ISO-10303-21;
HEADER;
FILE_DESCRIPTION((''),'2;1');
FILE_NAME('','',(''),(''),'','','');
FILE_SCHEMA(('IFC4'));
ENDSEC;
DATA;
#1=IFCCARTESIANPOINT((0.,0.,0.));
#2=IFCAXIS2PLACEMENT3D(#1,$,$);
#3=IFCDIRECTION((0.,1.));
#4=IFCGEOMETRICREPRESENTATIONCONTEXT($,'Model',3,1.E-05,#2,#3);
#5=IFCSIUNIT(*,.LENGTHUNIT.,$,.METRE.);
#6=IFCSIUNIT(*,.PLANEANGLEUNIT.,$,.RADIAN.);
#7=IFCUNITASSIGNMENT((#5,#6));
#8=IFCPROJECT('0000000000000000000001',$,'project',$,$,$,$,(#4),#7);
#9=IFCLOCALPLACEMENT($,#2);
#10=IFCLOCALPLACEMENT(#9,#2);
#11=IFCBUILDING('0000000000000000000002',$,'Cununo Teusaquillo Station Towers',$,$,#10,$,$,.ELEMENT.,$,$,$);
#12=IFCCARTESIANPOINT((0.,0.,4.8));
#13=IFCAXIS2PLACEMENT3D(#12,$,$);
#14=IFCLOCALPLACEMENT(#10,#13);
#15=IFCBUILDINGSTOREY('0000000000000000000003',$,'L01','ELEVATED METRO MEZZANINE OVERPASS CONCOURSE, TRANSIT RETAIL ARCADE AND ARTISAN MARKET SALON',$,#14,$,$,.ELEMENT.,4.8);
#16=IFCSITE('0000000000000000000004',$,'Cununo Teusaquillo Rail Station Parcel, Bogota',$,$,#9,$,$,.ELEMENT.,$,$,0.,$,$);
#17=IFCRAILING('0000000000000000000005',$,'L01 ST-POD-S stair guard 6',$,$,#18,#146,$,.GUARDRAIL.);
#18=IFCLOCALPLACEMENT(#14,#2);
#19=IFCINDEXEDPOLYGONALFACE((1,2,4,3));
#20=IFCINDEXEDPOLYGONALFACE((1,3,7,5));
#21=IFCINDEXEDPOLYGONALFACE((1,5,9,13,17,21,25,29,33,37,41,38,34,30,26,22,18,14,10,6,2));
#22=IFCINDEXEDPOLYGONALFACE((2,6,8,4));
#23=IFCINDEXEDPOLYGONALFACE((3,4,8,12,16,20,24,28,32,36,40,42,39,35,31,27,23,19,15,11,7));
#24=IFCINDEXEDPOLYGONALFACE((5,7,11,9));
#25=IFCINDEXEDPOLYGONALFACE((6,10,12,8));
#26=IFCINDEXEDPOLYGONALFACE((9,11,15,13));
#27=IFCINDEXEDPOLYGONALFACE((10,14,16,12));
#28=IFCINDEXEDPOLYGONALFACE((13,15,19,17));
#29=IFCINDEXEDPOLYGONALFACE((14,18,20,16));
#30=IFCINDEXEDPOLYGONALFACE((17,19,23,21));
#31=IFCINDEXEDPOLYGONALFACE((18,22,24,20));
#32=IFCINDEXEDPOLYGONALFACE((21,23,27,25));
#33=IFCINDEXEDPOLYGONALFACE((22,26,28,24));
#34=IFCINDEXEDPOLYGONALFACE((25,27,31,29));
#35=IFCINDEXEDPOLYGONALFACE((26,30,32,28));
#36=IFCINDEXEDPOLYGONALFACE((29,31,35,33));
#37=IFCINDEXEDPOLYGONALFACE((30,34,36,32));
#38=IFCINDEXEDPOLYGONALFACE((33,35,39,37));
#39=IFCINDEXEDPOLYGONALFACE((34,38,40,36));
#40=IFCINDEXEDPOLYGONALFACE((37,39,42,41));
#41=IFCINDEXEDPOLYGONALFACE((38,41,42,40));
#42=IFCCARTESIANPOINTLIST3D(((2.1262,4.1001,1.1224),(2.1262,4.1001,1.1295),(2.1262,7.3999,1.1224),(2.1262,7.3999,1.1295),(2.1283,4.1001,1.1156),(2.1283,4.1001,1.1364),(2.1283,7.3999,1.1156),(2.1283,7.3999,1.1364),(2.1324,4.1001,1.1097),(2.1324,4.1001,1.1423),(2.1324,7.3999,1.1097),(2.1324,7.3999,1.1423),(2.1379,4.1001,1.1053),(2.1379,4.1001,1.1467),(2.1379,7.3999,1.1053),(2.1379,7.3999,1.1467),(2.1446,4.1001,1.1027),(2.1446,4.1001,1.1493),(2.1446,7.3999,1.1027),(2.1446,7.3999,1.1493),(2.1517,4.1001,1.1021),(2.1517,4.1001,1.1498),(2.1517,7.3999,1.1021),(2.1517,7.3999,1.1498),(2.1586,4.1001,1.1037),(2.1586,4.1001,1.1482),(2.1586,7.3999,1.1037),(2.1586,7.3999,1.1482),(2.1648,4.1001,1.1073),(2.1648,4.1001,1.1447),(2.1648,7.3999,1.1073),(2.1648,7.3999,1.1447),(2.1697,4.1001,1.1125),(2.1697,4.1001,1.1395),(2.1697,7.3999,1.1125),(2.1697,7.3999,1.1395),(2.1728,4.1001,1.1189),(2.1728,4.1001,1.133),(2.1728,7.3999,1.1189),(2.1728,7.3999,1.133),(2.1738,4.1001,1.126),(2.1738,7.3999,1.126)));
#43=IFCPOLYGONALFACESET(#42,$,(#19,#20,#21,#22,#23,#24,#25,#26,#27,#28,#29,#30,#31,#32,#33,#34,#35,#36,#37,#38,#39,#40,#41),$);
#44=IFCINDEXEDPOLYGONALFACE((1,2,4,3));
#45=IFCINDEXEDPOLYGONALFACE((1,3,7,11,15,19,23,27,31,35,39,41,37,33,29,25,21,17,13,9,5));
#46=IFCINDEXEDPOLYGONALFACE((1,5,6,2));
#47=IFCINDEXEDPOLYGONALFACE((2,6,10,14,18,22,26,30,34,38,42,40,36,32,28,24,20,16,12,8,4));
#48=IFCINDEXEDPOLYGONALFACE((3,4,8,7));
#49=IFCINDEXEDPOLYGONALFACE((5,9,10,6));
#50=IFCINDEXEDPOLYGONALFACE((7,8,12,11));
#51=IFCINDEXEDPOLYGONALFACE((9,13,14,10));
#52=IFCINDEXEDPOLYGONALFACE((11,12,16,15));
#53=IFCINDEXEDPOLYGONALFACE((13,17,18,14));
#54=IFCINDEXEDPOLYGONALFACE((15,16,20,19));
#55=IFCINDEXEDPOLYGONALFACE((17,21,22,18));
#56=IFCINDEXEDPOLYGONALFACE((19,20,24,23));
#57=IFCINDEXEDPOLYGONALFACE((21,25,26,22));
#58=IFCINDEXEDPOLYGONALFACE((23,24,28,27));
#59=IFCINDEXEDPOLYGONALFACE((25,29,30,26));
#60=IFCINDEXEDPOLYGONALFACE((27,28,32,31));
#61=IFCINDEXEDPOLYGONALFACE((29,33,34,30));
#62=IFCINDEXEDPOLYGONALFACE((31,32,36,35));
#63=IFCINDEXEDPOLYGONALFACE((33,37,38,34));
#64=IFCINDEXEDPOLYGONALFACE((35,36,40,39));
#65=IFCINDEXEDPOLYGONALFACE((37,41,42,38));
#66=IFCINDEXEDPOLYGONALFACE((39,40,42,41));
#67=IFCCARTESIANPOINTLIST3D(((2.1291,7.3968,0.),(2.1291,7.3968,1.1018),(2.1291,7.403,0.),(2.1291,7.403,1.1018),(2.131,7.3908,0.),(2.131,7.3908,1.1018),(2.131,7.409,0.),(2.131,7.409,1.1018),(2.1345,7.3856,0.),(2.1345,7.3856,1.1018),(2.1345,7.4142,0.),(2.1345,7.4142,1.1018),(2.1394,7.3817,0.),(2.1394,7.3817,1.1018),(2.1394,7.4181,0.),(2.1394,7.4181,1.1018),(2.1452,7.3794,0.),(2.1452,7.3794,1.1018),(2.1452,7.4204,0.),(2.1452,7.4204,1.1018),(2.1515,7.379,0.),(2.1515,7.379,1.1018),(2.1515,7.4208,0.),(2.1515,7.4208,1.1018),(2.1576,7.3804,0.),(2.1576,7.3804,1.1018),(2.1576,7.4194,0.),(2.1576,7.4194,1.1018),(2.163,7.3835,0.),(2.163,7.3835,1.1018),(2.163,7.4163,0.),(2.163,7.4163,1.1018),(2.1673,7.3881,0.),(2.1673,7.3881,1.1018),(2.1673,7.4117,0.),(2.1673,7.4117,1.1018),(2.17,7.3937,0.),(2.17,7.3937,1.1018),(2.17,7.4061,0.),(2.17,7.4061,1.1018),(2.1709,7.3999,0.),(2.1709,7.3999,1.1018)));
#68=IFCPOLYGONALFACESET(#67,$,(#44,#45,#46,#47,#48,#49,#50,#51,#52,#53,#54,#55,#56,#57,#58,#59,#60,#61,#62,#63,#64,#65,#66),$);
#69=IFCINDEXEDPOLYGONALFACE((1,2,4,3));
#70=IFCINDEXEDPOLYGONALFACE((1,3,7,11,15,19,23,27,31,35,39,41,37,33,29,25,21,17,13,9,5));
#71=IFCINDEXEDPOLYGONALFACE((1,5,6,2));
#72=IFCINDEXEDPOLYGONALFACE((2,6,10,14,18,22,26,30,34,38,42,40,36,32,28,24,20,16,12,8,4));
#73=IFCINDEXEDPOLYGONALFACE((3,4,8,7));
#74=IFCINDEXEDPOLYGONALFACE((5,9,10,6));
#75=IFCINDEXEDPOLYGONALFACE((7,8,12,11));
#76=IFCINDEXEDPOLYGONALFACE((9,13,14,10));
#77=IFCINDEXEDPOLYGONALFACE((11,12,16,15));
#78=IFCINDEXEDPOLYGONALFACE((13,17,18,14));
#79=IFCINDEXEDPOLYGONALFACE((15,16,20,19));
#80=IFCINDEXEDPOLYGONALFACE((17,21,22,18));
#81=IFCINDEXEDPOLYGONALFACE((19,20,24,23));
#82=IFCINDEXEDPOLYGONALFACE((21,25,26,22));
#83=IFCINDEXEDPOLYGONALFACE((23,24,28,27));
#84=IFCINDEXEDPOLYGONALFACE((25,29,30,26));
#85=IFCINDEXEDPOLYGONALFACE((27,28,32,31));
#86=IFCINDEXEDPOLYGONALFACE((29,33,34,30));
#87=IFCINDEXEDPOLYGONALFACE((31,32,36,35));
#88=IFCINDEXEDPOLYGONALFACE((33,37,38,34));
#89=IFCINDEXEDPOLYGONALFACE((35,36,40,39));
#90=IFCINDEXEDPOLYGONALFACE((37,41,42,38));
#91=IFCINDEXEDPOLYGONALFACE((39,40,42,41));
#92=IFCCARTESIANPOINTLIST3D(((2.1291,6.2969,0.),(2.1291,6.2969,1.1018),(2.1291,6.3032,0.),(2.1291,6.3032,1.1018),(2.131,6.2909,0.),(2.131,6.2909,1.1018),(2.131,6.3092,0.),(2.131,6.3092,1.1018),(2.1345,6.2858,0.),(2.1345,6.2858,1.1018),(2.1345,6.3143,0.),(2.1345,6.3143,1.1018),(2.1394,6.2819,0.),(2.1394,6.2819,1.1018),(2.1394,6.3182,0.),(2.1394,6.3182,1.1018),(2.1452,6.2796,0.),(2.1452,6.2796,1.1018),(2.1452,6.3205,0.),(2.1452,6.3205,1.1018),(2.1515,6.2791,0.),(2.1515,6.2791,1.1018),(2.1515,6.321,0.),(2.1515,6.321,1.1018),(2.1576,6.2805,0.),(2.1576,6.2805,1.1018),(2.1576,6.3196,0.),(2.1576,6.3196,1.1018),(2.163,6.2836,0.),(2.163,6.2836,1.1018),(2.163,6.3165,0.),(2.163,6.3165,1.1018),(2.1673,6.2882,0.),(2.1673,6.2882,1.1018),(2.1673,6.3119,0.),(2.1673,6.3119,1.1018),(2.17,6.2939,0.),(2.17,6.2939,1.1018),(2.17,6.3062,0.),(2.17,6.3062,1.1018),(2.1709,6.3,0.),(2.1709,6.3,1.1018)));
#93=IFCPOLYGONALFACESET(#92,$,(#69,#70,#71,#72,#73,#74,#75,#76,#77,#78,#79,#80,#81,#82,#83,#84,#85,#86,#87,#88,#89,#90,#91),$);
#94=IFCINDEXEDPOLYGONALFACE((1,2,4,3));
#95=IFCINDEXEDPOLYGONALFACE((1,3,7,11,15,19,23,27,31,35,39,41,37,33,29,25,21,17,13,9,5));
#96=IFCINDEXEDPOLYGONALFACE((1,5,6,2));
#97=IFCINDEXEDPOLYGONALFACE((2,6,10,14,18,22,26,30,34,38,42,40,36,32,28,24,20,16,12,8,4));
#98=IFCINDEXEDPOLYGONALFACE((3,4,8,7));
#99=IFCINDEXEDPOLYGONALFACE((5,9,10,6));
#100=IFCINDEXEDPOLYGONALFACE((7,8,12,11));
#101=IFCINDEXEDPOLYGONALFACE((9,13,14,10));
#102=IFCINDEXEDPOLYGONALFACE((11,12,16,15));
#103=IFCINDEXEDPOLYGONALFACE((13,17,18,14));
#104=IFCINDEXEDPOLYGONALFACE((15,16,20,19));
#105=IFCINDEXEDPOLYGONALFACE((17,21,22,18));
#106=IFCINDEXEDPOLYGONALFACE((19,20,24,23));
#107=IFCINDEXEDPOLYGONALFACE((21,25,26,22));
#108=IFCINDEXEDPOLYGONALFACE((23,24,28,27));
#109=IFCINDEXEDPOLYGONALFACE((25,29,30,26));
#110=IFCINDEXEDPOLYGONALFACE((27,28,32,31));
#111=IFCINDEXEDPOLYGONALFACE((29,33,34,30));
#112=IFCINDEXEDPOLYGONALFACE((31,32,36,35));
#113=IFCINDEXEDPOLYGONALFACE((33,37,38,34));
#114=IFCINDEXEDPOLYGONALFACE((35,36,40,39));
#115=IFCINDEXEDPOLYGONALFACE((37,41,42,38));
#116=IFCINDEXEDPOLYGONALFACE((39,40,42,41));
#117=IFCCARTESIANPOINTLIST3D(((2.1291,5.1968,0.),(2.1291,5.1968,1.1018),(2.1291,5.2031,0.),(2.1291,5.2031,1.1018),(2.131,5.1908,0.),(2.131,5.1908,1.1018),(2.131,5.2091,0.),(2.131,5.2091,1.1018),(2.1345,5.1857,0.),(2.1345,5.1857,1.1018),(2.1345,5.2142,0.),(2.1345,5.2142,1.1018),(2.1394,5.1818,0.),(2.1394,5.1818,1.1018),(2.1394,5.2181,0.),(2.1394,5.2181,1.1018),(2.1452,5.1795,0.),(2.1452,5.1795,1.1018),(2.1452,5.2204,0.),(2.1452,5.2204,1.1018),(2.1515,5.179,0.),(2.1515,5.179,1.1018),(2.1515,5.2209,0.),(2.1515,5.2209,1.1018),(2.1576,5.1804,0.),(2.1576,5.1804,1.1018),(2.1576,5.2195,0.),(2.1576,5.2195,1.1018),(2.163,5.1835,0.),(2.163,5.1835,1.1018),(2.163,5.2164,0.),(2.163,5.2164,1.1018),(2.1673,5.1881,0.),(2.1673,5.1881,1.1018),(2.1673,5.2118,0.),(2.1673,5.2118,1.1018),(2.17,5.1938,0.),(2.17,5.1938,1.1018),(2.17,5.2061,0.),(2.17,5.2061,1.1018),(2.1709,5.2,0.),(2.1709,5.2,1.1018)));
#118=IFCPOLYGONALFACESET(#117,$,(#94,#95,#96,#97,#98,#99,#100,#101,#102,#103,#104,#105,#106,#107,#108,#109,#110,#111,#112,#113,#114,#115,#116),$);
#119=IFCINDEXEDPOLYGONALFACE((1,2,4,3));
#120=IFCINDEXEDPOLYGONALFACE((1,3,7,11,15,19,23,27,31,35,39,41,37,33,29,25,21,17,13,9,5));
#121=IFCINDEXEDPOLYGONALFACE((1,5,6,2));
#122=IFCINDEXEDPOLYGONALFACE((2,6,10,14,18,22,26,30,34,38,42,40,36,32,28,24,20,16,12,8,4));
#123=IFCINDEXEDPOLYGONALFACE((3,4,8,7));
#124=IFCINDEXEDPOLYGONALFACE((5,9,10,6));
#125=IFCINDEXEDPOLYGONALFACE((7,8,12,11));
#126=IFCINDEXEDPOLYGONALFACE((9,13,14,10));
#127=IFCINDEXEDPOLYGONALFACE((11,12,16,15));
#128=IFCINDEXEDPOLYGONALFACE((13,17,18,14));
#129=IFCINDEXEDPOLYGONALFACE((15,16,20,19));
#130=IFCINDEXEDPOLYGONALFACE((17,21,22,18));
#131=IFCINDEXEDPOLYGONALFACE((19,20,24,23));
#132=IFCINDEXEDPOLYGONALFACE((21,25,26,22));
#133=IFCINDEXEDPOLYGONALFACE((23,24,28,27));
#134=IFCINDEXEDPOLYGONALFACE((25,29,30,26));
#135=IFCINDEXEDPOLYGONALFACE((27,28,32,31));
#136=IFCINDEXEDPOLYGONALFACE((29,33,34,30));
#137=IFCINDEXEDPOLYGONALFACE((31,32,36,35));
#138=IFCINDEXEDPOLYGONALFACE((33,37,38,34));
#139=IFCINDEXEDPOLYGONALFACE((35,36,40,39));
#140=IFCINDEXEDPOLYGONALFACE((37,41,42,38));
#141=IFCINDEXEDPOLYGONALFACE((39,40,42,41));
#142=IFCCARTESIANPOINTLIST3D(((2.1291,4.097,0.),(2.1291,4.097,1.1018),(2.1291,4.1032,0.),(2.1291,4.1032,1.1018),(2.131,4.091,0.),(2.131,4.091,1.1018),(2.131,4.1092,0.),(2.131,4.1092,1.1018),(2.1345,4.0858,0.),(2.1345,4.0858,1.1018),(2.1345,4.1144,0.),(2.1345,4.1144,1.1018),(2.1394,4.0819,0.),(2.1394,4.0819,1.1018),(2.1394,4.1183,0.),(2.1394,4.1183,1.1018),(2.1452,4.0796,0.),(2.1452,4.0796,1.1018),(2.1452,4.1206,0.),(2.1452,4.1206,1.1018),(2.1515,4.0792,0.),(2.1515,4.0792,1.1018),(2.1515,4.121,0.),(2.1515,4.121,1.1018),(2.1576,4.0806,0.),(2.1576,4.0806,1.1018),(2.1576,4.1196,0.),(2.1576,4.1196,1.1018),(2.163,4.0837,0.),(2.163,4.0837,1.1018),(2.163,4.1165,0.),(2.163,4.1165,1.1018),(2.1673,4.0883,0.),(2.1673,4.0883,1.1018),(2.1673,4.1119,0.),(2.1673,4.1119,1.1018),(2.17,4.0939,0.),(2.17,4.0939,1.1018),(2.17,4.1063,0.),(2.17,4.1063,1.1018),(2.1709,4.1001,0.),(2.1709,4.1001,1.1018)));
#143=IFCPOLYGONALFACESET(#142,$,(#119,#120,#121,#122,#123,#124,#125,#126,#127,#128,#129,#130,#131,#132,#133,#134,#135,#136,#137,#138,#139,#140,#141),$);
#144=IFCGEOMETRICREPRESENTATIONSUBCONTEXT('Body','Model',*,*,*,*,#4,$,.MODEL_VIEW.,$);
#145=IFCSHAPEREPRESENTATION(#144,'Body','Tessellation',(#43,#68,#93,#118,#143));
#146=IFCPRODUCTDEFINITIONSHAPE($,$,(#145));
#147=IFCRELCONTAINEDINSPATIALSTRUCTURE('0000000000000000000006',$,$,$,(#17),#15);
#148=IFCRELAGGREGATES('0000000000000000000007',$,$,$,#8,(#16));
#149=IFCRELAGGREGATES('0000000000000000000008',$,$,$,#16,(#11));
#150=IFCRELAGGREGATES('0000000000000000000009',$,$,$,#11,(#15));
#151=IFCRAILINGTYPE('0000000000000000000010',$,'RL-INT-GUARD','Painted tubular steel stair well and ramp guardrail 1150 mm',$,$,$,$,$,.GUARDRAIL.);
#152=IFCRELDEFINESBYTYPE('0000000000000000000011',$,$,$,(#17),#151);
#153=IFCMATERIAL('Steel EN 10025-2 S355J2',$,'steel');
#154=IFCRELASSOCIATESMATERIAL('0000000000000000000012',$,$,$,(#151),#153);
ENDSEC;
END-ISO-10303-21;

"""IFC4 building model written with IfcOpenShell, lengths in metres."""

from ifc_helpers import new_model, si_unit, direction, frame, origin, origin_2d, place, context, subcontext, project, spatial, circle, extrude, material, type_object, element, save


model = new_model("IFC4")

# Units and contexts
model_context = context("Model", 3, precision=1e-05, world=origin(), true_north=direction((0.0, 1.0)))
body_context = subcontext(model_context, "Body", "Model", "MODEL_VIEW")
ifc_project = project(units=[si_unit("LENGTHUNIT", "METRE"), si_unit("PLANEANGLEUNIT", "RADIAN")], contexts=[model_context])

# Site, building, storey
site_placement = place(None, origin())
site = spatial("IfcSite", under=ifc_project, at=site_placement, Name="Cununo Teusaquillo Rail Station Parcel, Bogota", CompositionType="ELEMENT", RefElevation=0.0)
building_placement = place(site_placement, origin())
building = spatial("IfcBuilding", under=site, at=building_placement, Name="Cununo Teusaquillo Station Towers", CompositionType="ELEMENT")
storey_placement = place(building_placement, frame((0.0, 0.0, 4.8)))
storey = spatial("IfcBuildingStorey", under=building, at=storey_placement, Name="L01", Description="ELEVATED METRO MEZZANINE OVERPASS CONCOURSE, TRANSIT RETAIL ARCADE AND ARTISAN MARKET SALON", CompositionType="ELEMENT", Elevation=4.8)

# Railing
ifc_material_1 = material(Name="Steel EN 10025-2 S355J2", Category="steel")
railing_type_1 = type_object("IfcRailingType", Name="RL-INT-GUARD", Description="Painted tubular steel stair well and ramp guardrail 1150 mm", PredefinedType="GUARDRAIL", material=ifc_material_1)
railing_1_placement = place(storey_placement, frame((2.1499, 7.3999, 0.0)))
element("IfcRailing", 1, at=railing_1_placement, inside=storey, type_object=railing_type_1, Name="L01 ST-POD-S stair guard 6", PredefinedType="GUARDRAIL", context=body_context, shape_type="SweptSolid", body=[
    extrude(circle(Radius=0.0239, at=origin_2d()), frame((0.0, 0.0, 1.126), z_axis=(0.0, -1.0, 0.0), x_axis=(1.0, 0.0, 0.0)), (0.0, 0.0, 1.0), 3.2998),
    extrude(circle(Radius=0.021, at=origin_2d()), origin(), (0.0, 0.0, 1.0), 1.1018),
    extrude(circle(Radius=0.021, at=origin_2d()), frame((0.0, -1.0999, 0.0)), (0.0, 0.0, 1.0), 1.1018),
    extrude(circle(Radius=0.021, at=origin_2d()), frame((0.0, -2.2, 0.0)), (0.0, 0.0, 1.0), 1.1018),
    extrude(circle(Radius=0.021, at=origin_2d()), frame((0.0, -3.2998, 0.0)), (0.0, 0.0, 1.0), 1.1018),
])

save(model, "model.ifc")
